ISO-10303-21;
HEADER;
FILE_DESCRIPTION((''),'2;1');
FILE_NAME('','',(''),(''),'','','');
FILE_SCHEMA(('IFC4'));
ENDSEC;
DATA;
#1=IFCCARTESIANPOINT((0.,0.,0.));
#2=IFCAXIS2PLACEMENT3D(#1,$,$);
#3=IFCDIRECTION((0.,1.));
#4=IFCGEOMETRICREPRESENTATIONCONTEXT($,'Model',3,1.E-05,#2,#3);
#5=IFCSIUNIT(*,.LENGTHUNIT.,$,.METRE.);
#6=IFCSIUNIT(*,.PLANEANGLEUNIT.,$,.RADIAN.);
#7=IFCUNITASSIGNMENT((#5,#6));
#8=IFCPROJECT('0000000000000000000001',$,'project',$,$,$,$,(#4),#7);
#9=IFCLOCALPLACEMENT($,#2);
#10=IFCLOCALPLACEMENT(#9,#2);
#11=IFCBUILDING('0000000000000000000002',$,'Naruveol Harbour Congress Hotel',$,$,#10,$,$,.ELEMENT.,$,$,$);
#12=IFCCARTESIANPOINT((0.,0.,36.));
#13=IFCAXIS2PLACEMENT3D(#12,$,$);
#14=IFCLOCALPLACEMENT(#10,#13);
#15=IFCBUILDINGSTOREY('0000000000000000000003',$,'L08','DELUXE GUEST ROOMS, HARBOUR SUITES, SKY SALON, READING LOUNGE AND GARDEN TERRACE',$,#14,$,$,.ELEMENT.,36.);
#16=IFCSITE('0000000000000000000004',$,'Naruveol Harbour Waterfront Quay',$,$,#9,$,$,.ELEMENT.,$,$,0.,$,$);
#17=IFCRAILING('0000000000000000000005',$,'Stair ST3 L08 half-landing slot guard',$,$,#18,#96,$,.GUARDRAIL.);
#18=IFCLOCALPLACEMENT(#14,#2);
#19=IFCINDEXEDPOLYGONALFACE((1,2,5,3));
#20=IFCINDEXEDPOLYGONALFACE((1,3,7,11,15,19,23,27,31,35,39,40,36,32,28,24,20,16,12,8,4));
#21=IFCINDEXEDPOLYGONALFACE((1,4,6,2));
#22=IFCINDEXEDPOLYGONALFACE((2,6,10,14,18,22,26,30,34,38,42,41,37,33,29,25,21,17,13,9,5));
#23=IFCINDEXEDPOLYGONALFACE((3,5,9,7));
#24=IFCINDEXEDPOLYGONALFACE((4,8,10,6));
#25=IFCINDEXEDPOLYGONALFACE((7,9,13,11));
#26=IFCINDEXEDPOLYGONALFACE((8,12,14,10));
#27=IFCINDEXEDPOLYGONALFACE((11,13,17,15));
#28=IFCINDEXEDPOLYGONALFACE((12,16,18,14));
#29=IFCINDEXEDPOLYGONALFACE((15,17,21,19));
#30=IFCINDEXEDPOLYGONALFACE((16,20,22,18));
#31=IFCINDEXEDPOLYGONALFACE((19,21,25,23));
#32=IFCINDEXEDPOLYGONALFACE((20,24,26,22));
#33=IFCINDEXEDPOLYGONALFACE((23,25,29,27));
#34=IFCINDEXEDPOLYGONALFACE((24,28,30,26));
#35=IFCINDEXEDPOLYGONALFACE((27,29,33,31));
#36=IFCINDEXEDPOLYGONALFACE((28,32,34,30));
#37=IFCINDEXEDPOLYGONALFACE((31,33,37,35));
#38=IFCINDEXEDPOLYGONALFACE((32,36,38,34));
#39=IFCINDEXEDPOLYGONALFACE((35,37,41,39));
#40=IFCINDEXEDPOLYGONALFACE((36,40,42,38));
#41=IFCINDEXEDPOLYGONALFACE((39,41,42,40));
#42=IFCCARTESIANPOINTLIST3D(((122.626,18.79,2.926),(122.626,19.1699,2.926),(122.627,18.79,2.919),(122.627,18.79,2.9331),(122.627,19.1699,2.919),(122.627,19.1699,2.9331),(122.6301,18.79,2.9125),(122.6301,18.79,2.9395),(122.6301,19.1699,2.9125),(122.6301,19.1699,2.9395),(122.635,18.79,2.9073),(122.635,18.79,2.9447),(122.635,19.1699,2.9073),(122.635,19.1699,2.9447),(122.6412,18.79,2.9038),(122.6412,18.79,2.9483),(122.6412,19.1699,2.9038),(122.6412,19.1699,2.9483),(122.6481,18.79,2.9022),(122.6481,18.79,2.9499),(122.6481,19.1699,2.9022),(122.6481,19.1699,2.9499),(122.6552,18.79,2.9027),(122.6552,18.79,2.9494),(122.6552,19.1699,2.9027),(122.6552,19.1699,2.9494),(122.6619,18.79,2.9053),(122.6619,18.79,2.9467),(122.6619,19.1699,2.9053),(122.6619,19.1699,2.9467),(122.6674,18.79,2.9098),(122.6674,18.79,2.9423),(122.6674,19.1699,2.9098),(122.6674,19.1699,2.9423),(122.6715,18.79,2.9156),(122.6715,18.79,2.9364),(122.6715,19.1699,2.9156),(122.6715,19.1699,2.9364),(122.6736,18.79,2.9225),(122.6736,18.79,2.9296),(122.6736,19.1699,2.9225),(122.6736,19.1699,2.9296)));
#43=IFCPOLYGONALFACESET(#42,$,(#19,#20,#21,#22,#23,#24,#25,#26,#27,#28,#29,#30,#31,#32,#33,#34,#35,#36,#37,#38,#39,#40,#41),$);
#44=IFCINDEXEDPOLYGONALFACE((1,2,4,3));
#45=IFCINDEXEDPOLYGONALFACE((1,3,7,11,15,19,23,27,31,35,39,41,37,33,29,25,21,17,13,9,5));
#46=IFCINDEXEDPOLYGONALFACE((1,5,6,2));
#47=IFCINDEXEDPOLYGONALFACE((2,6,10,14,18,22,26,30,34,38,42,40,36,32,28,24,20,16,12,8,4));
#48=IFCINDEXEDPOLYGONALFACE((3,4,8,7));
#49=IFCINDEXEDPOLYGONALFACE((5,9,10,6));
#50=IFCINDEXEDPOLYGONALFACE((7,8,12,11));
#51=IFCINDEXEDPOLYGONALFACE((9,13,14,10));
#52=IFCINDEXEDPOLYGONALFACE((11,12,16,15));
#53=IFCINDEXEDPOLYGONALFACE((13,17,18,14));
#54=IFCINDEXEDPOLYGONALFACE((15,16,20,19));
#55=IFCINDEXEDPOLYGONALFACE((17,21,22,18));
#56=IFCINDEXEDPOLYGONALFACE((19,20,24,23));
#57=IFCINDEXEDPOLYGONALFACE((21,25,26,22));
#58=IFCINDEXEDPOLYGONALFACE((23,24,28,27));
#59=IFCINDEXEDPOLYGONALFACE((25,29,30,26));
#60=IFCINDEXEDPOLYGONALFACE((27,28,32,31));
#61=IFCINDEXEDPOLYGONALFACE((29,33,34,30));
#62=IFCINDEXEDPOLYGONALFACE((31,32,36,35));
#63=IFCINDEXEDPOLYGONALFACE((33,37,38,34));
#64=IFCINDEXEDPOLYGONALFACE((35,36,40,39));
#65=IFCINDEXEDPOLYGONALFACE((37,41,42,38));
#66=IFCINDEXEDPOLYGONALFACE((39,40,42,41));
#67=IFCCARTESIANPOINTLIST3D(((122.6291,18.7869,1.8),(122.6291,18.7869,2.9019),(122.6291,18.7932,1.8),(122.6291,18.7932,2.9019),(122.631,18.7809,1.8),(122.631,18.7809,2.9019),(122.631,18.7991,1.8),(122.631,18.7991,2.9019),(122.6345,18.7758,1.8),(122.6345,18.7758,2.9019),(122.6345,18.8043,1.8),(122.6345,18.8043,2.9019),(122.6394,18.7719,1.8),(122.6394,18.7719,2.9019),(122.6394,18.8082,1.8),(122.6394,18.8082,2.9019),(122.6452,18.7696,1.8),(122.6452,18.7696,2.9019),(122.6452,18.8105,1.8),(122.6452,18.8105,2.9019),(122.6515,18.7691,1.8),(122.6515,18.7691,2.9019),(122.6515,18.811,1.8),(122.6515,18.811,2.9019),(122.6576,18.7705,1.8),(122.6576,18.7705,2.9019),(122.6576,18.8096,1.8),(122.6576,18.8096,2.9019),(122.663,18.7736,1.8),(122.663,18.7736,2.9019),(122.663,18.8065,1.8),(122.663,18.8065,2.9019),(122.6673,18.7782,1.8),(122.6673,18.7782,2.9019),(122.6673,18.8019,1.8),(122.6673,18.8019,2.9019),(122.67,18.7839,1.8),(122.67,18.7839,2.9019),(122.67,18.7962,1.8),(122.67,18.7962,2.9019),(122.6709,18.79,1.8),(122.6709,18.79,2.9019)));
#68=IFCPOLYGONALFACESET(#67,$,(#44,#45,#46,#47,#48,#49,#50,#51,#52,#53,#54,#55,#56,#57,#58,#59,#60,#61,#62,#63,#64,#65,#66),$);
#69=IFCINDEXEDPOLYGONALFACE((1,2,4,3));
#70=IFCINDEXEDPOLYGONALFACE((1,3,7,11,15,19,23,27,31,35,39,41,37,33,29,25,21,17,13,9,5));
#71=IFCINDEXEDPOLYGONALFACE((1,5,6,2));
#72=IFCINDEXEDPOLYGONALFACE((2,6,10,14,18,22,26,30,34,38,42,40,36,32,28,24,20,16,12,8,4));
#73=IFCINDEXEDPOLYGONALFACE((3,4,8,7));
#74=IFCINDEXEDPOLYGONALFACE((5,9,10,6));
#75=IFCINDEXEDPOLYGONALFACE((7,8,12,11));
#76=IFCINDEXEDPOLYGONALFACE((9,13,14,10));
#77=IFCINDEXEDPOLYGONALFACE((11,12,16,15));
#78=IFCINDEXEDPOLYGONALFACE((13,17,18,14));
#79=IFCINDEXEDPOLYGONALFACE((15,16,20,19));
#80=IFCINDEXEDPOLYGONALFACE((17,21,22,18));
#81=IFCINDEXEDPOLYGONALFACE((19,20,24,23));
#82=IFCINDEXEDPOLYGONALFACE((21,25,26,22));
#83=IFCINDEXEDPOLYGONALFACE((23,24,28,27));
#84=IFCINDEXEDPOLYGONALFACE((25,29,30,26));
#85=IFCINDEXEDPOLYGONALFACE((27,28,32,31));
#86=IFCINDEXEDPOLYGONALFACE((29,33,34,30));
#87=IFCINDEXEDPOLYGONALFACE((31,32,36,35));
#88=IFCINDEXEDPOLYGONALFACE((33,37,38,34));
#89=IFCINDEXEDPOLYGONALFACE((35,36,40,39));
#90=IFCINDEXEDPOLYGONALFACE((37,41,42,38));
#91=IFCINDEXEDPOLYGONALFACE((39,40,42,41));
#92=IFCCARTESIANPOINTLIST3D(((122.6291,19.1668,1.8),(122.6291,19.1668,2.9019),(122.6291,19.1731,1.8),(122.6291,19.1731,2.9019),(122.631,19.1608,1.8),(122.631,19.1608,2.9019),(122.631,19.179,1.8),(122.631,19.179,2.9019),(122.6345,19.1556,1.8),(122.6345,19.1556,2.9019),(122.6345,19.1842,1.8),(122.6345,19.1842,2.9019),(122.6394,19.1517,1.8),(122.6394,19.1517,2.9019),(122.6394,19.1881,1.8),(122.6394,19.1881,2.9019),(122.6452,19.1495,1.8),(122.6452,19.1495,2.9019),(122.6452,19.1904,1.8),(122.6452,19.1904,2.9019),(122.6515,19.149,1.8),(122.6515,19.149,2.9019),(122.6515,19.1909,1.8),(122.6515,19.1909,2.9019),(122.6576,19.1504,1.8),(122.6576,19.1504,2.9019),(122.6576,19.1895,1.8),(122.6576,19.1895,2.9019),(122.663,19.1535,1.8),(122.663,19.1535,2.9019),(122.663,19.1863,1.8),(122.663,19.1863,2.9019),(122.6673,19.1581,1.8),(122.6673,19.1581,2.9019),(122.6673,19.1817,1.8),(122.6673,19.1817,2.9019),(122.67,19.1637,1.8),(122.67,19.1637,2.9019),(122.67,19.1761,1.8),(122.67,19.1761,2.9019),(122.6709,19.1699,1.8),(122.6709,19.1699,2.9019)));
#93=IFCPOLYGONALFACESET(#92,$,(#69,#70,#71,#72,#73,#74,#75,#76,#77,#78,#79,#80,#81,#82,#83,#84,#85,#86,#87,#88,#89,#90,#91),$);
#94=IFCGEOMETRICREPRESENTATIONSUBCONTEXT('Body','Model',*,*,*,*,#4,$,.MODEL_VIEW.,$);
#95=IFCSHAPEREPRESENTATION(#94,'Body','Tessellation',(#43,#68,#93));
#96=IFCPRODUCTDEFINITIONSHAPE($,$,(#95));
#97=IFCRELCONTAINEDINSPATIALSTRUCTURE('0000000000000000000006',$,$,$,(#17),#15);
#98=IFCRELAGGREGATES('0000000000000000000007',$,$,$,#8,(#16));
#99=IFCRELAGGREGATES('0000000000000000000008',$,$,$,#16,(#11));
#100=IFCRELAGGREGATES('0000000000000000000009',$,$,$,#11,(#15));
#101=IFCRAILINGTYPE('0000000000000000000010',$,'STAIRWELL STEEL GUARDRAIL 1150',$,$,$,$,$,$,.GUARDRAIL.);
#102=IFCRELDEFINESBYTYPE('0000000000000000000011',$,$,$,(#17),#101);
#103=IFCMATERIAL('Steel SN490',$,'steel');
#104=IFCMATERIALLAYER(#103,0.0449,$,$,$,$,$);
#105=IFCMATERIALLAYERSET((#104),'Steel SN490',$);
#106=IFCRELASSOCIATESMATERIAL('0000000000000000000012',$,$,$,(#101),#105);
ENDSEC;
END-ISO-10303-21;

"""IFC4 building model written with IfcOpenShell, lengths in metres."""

from ifc_helpers import new_model, si_unit, direction, frame, origin, origin_2d, place, context, subcontext, project, spatial, circle, extrude, material, layer, layer_set, type_object, element, save


model = new_model("IFC4")

# Units and contexts
model_context = context("Model", 3, precision=1e-05, world=origin(), true_north=direction((0.0, 1.0)))
body_context = subcontext(model_context, "Body", "Model", "MODEL_VIEW")
ifc_project = project(units=[si_unit("LENGTHUNIT", "METRE"), si_unit("PLANEANGLEUNIT", "RADIAN")], contexts=[model_context])

# Site, building, storey
site_placement = place(None, origin())
site = spatial("IfcSite", under=ifc_project, at=site_placement, Name="Naruveol Harbour Waterfront Quay", CompositionType="ELEMENT", RefElevation=0.0)
building_placement = place(site_placement, origin())
building = spatial("IfcBuilding", under=site, at=building_placement, Name="Naruveol Harbour Congress Hotel", CompositionType="ELEMENT")
storey_placement = place(building_placement, frame((0.0, 0.0, 36.0)))
storey = spatial("IfcBuildingStorey", under=building, at=storey_placement, Name="L08", Description="DELUXE GUEST ROOMS, HARBOUR SUITES, SKY SALON, READING LOUNGE AND GARDEN TERRACE", CompositionType="ELEMENT", Elevation=36.0)

# Railing
ifc_material_1 = material(Name="Steel SN490", Category="steel")
ifc_layer_1 = layer(ifc_material_1, 0.0449)
ifc_layer_set_1 = layer_set([ifc_layer_1], Name="Steel SN490")
railing_type_1 = type_object("IfcRailingType", Name="STAIRWELL STEEL GUARDRAIL 1150", PredefinedType="GUARDRAIL", material=ifc_layer_set_1)
railing_1_placement = place(storey_placement, frame((122.6499, 18.79, 1.8)))
element("IfcRailing", 1, at=railing_1_placement, inside=storey, type_object=railing_type_1, Name="Stair ST3 L08 half-landing slot guard", PredefinedType="GUARDRAIL", context=body_context, shape_type="SweptSolid", body=[
    extrude(circle(Radius=0.0239, at=origin_2d()), frame((0.0, 0.0, 1.126), z_axis=(0.0, 1.0, 0.0), x_axis=(-1.0, 0.0, 0.0)), (0.0, 0.0, 1.0), 0.3799),
    extrude(circle(Radius=0.021, at=origin_2d()), origin(), (0.0, 0.0, 1.0), 1.1018),
    extrude(circle(Radius=0.021, at=origin_2d()), frame((0.0, 0.3799, 0.0)), (0.0, 0.0, 1.0), 1.1018),
])

save(model, "model.ifc")
